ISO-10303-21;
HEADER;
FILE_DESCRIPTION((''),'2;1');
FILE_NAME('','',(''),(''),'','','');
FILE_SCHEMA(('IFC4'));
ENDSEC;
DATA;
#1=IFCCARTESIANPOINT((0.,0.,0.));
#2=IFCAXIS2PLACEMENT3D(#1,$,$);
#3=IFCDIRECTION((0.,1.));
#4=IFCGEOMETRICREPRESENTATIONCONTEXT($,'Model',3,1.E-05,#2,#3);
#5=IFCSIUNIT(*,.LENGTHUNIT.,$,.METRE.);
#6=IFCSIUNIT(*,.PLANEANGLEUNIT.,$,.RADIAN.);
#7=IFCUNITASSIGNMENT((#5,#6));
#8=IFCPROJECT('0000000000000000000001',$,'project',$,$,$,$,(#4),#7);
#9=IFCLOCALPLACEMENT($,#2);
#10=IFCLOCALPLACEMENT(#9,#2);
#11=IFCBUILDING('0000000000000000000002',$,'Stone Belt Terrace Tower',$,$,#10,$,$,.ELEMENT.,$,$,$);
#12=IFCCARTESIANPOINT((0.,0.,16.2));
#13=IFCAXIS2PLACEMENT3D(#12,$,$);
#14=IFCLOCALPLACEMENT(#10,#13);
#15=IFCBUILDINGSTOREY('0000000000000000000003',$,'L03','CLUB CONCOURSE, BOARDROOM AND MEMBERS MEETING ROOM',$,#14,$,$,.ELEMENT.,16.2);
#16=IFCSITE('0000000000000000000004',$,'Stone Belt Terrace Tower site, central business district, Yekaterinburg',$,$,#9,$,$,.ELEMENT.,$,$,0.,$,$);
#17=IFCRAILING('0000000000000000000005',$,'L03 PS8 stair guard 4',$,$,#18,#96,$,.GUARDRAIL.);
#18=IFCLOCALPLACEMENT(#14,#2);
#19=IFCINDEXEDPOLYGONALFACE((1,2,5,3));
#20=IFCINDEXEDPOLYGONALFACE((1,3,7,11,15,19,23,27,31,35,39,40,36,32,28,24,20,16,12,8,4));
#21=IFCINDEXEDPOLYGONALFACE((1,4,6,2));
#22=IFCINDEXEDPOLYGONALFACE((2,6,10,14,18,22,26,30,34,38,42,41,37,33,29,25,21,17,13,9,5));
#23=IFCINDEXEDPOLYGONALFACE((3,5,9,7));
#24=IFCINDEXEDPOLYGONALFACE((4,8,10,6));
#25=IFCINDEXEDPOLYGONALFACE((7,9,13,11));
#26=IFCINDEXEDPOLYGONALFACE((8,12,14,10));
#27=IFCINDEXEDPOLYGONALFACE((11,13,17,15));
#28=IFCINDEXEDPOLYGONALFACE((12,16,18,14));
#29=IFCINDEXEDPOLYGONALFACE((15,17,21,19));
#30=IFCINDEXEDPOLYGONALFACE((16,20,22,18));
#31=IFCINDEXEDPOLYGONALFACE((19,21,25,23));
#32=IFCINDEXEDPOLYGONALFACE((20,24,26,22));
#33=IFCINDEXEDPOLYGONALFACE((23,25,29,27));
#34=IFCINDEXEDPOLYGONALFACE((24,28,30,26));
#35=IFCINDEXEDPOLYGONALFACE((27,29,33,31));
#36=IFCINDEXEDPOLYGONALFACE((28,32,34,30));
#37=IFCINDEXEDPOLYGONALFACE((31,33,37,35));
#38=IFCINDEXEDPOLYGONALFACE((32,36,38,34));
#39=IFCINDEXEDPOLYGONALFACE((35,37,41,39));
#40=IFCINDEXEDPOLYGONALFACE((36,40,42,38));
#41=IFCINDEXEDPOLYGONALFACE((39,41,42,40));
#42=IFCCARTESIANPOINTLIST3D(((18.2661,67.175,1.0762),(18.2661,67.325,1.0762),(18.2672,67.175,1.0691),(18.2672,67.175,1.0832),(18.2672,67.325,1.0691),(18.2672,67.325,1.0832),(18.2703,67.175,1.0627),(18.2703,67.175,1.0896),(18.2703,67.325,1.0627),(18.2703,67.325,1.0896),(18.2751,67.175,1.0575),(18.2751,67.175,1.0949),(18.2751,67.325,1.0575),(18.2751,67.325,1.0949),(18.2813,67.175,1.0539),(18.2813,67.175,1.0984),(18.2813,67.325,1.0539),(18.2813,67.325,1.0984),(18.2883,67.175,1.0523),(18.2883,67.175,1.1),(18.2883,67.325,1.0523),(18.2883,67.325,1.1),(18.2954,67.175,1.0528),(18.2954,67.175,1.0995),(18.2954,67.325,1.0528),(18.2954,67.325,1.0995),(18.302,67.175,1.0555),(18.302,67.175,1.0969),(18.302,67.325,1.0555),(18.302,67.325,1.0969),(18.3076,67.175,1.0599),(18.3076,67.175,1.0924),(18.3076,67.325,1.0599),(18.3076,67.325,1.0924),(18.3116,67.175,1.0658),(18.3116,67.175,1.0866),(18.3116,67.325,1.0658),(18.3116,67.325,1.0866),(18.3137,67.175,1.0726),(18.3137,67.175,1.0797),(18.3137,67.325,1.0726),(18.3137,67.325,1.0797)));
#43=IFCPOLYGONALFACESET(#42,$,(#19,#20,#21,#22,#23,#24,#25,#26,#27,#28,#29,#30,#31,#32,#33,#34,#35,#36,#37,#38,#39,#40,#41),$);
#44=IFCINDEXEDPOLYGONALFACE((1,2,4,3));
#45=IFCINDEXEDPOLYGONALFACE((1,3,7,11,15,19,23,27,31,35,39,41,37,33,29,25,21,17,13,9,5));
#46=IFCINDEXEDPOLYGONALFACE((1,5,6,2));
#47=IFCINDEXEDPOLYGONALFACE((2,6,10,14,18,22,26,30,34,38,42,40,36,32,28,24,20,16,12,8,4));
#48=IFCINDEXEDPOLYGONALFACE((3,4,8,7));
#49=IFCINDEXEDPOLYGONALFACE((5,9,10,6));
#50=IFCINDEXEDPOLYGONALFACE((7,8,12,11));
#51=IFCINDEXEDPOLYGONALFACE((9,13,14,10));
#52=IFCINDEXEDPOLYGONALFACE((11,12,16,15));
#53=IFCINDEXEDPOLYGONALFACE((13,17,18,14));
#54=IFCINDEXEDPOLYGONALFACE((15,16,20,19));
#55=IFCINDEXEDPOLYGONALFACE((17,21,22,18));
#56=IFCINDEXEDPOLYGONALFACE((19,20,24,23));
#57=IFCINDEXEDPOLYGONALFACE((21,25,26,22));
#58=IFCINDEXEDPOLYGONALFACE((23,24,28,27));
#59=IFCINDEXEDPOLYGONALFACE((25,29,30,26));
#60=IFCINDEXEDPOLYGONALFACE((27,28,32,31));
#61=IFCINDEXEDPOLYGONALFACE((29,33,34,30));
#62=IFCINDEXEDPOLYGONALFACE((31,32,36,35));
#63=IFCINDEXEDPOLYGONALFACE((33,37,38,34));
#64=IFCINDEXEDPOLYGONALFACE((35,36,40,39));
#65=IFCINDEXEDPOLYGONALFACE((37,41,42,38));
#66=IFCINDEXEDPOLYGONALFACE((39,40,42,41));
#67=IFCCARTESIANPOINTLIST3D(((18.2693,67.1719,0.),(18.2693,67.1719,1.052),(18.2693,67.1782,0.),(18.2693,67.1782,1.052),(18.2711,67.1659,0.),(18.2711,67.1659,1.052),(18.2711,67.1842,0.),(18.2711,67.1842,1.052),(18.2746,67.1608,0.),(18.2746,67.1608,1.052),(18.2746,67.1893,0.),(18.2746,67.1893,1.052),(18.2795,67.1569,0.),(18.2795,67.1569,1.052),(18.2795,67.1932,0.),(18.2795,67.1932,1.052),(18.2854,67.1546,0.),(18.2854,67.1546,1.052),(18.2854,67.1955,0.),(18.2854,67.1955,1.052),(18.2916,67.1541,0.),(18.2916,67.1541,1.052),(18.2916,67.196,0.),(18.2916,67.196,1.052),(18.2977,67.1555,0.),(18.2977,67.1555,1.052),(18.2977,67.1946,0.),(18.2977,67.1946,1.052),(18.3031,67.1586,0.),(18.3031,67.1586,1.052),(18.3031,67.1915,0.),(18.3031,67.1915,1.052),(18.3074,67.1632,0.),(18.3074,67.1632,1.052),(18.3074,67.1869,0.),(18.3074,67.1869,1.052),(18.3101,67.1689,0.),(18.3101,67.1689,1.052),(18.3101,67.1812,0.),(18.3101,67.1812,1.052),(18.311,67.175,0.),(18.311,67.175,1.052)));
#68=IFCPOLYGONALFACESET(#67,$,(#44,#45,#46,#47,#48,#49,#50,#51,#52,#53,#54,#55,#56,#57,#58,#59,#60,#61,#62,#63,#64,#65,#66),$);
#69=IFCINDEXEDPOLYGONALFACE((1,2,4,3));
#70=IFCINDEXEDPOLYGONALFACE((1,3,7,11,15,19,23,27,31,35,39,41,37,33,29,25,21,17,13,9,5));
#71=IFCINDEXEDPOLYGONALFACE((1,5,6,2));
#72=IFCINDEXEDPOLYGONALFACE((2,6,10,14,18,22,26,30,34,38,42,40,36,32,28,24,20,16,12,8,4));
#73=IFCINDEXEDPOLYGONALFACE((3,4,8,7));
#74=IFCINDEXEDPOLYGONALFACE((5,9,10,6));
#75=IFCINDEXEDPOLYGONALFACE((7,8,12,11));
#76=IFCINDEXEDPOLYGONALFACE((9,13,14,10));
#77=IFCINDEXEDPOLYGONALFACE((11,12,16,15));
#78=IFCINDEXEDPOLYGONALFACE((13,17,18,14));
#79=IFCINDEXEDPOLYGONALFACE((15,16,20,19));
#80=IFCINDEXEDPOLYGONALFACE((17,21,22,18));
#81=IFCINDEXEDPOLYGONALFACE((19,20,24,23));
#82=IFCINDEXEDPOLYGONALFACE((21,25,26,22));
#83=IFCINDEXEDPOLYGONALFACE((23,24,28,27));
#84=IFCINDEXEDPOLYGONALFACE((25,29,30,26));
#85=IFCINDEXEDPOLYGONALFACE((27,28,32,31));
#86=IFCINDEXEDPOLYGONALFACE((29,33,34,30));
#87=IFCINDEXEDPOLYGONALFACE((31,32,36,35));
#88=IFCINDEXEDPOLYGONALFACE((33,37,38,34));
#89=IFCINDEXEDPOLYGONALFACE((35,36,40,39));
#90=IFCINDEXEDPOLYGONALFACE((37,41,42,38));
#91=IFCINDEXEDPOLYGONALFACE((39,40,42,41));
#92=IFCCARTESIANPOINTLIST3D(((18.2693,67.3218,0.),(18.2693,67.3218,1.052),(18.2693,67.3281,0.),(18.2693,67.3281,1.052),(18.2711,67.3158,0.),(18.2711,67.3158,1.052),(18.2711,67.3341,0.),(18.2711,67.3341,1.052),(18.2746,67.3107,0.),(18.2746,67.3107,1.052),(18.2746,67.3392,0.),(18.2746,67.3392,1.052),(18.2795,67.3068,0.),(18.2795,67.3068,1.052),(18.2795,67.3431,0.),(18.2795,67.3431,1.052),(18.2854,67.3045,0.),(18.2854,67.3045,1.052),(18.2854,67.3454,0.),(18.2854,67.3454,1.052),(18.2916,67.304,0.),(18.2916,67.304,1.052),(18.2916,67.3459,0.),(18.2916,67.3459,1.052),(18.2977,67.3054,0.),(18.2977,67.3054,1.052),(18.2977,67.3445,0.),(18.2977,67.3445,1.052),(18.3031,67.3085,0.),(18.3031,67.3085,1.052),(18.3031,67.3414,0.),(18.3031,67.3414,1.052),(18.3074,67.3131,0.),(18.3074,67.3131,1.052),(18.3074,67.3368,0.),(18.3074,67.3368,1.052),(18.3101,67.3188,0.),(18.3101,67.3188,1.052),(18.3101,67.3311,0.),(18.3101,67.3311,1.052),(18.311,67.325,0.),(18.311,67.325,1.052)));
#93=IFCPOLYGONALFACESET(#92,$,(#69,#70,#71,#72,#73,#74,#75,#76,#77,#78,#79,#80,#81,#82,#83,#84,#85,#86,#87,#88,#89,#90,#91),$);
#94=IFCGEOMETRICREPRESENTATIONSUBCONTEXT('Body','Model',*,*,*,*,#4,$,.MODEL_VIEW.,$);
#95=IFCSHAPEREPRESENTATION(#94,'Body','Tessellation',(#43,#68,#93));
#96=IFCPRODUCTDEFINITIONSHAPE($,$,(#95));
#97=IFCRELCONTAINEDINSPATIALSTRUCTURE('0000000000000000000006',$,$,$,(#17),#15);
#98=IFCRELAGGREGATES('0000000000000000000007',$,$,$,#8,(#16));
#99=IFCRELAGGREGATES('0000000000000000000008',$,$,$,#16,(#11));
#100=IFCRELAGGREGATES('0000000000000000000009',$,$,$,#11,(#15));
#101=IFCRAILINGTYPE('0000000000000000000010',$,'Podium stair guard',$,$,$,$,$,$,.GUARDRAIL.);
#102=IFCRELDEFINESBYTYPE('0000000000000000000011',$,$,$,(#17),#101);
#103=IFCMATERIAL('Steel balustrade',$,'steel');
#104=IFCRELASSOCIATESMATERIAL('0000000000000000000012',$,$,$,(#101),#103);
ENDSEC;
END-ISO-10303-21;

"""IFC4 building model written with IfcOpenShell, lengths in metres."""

from ifc_helpers import new_model, si_unit, direction, frame, origin, origin_2d, place, context, subcontext, project, spatial, circle, extrude, material, type_object, element, save


model = new_model("IFC4")

# Units and contexts
model_context = context("Model", 3, precision=1e-05, world=origin(), true_north=direction((0.0, 1.0)))
body_context = subcontext(model_context, "Body", "Model", "MODEL_VIEW")
ifc_project = project(units=[si_unit("LENGTHUNIT", "METRE"), si_unit("PLANEANGLEUNIT", "RADIAN")], contexts=[model_context])

# Site, building, storey
site_placement = place(None, origin())
site = spatial("IfcSite", under=ifc_project, at=site_placement, Name="Stone Belt Terrace Tower site, central business district, Yekaterinburg", CompositionType="ELEMENT", RefElevation=0.0)
building_placement = place(site_placement, origin())
building = spatial("IfcBuilding", under=site, at=building_placement, Name="Stone Belt Terrace Tower", CompositionType="ELEMENT")
storey_placement = place(building_placement, frame((0.0, 0.0, 16.2)))
storey = spatial("IfcBuildingStorey", under=building, at=storey_placement, Name="L03", Description="CLUB CONCOURSE, BOARDROOM AND MEMBERS MEETING ROOM", CompositionType="ELEMENT", Elevation=16.2)

# Railing
ifc_material_1 = material(Name="Steel balustrade", Category="steel")
railing_type_1 = type_object("IfcRailingType", Name="Podium stair guard", PredefinedType="GUARDRAIL", material=ifc_material_1)
railing_1_placement = place(storey_placement, frame((18.29, 67.175, 0.0)))
element("IfcRailing", 1, at=railing_1_placement, inside=storey, type_object=railing_type_1, Name="L03 PS8 stair guard 4", PredefinedType="GUARDRAIL", context=body_context, shape_type="SweptSolid", body=[
    extrude(circle(Radius=0.0239, at=origin_2d()), frame((0.0, 0.0, 1.0762), z_axis=(0.0, 1.0, 0.0), x_axis=(-1.0, 0.0, 0.0)), (0.0, 0.0, 1.0), 0.1499),
    extrude(circle(Radius=0.021, at=origin_2d()), origin(), (0.0, 0.0, 1.0), 1.052),
    extrude(circle(Radius=0.021, at=origin_2d()), frame((0.0, 0.1499, 0.0)), (0.0, 0.0, 1.0), 1.052),
])

save(model, "model.ifc")
